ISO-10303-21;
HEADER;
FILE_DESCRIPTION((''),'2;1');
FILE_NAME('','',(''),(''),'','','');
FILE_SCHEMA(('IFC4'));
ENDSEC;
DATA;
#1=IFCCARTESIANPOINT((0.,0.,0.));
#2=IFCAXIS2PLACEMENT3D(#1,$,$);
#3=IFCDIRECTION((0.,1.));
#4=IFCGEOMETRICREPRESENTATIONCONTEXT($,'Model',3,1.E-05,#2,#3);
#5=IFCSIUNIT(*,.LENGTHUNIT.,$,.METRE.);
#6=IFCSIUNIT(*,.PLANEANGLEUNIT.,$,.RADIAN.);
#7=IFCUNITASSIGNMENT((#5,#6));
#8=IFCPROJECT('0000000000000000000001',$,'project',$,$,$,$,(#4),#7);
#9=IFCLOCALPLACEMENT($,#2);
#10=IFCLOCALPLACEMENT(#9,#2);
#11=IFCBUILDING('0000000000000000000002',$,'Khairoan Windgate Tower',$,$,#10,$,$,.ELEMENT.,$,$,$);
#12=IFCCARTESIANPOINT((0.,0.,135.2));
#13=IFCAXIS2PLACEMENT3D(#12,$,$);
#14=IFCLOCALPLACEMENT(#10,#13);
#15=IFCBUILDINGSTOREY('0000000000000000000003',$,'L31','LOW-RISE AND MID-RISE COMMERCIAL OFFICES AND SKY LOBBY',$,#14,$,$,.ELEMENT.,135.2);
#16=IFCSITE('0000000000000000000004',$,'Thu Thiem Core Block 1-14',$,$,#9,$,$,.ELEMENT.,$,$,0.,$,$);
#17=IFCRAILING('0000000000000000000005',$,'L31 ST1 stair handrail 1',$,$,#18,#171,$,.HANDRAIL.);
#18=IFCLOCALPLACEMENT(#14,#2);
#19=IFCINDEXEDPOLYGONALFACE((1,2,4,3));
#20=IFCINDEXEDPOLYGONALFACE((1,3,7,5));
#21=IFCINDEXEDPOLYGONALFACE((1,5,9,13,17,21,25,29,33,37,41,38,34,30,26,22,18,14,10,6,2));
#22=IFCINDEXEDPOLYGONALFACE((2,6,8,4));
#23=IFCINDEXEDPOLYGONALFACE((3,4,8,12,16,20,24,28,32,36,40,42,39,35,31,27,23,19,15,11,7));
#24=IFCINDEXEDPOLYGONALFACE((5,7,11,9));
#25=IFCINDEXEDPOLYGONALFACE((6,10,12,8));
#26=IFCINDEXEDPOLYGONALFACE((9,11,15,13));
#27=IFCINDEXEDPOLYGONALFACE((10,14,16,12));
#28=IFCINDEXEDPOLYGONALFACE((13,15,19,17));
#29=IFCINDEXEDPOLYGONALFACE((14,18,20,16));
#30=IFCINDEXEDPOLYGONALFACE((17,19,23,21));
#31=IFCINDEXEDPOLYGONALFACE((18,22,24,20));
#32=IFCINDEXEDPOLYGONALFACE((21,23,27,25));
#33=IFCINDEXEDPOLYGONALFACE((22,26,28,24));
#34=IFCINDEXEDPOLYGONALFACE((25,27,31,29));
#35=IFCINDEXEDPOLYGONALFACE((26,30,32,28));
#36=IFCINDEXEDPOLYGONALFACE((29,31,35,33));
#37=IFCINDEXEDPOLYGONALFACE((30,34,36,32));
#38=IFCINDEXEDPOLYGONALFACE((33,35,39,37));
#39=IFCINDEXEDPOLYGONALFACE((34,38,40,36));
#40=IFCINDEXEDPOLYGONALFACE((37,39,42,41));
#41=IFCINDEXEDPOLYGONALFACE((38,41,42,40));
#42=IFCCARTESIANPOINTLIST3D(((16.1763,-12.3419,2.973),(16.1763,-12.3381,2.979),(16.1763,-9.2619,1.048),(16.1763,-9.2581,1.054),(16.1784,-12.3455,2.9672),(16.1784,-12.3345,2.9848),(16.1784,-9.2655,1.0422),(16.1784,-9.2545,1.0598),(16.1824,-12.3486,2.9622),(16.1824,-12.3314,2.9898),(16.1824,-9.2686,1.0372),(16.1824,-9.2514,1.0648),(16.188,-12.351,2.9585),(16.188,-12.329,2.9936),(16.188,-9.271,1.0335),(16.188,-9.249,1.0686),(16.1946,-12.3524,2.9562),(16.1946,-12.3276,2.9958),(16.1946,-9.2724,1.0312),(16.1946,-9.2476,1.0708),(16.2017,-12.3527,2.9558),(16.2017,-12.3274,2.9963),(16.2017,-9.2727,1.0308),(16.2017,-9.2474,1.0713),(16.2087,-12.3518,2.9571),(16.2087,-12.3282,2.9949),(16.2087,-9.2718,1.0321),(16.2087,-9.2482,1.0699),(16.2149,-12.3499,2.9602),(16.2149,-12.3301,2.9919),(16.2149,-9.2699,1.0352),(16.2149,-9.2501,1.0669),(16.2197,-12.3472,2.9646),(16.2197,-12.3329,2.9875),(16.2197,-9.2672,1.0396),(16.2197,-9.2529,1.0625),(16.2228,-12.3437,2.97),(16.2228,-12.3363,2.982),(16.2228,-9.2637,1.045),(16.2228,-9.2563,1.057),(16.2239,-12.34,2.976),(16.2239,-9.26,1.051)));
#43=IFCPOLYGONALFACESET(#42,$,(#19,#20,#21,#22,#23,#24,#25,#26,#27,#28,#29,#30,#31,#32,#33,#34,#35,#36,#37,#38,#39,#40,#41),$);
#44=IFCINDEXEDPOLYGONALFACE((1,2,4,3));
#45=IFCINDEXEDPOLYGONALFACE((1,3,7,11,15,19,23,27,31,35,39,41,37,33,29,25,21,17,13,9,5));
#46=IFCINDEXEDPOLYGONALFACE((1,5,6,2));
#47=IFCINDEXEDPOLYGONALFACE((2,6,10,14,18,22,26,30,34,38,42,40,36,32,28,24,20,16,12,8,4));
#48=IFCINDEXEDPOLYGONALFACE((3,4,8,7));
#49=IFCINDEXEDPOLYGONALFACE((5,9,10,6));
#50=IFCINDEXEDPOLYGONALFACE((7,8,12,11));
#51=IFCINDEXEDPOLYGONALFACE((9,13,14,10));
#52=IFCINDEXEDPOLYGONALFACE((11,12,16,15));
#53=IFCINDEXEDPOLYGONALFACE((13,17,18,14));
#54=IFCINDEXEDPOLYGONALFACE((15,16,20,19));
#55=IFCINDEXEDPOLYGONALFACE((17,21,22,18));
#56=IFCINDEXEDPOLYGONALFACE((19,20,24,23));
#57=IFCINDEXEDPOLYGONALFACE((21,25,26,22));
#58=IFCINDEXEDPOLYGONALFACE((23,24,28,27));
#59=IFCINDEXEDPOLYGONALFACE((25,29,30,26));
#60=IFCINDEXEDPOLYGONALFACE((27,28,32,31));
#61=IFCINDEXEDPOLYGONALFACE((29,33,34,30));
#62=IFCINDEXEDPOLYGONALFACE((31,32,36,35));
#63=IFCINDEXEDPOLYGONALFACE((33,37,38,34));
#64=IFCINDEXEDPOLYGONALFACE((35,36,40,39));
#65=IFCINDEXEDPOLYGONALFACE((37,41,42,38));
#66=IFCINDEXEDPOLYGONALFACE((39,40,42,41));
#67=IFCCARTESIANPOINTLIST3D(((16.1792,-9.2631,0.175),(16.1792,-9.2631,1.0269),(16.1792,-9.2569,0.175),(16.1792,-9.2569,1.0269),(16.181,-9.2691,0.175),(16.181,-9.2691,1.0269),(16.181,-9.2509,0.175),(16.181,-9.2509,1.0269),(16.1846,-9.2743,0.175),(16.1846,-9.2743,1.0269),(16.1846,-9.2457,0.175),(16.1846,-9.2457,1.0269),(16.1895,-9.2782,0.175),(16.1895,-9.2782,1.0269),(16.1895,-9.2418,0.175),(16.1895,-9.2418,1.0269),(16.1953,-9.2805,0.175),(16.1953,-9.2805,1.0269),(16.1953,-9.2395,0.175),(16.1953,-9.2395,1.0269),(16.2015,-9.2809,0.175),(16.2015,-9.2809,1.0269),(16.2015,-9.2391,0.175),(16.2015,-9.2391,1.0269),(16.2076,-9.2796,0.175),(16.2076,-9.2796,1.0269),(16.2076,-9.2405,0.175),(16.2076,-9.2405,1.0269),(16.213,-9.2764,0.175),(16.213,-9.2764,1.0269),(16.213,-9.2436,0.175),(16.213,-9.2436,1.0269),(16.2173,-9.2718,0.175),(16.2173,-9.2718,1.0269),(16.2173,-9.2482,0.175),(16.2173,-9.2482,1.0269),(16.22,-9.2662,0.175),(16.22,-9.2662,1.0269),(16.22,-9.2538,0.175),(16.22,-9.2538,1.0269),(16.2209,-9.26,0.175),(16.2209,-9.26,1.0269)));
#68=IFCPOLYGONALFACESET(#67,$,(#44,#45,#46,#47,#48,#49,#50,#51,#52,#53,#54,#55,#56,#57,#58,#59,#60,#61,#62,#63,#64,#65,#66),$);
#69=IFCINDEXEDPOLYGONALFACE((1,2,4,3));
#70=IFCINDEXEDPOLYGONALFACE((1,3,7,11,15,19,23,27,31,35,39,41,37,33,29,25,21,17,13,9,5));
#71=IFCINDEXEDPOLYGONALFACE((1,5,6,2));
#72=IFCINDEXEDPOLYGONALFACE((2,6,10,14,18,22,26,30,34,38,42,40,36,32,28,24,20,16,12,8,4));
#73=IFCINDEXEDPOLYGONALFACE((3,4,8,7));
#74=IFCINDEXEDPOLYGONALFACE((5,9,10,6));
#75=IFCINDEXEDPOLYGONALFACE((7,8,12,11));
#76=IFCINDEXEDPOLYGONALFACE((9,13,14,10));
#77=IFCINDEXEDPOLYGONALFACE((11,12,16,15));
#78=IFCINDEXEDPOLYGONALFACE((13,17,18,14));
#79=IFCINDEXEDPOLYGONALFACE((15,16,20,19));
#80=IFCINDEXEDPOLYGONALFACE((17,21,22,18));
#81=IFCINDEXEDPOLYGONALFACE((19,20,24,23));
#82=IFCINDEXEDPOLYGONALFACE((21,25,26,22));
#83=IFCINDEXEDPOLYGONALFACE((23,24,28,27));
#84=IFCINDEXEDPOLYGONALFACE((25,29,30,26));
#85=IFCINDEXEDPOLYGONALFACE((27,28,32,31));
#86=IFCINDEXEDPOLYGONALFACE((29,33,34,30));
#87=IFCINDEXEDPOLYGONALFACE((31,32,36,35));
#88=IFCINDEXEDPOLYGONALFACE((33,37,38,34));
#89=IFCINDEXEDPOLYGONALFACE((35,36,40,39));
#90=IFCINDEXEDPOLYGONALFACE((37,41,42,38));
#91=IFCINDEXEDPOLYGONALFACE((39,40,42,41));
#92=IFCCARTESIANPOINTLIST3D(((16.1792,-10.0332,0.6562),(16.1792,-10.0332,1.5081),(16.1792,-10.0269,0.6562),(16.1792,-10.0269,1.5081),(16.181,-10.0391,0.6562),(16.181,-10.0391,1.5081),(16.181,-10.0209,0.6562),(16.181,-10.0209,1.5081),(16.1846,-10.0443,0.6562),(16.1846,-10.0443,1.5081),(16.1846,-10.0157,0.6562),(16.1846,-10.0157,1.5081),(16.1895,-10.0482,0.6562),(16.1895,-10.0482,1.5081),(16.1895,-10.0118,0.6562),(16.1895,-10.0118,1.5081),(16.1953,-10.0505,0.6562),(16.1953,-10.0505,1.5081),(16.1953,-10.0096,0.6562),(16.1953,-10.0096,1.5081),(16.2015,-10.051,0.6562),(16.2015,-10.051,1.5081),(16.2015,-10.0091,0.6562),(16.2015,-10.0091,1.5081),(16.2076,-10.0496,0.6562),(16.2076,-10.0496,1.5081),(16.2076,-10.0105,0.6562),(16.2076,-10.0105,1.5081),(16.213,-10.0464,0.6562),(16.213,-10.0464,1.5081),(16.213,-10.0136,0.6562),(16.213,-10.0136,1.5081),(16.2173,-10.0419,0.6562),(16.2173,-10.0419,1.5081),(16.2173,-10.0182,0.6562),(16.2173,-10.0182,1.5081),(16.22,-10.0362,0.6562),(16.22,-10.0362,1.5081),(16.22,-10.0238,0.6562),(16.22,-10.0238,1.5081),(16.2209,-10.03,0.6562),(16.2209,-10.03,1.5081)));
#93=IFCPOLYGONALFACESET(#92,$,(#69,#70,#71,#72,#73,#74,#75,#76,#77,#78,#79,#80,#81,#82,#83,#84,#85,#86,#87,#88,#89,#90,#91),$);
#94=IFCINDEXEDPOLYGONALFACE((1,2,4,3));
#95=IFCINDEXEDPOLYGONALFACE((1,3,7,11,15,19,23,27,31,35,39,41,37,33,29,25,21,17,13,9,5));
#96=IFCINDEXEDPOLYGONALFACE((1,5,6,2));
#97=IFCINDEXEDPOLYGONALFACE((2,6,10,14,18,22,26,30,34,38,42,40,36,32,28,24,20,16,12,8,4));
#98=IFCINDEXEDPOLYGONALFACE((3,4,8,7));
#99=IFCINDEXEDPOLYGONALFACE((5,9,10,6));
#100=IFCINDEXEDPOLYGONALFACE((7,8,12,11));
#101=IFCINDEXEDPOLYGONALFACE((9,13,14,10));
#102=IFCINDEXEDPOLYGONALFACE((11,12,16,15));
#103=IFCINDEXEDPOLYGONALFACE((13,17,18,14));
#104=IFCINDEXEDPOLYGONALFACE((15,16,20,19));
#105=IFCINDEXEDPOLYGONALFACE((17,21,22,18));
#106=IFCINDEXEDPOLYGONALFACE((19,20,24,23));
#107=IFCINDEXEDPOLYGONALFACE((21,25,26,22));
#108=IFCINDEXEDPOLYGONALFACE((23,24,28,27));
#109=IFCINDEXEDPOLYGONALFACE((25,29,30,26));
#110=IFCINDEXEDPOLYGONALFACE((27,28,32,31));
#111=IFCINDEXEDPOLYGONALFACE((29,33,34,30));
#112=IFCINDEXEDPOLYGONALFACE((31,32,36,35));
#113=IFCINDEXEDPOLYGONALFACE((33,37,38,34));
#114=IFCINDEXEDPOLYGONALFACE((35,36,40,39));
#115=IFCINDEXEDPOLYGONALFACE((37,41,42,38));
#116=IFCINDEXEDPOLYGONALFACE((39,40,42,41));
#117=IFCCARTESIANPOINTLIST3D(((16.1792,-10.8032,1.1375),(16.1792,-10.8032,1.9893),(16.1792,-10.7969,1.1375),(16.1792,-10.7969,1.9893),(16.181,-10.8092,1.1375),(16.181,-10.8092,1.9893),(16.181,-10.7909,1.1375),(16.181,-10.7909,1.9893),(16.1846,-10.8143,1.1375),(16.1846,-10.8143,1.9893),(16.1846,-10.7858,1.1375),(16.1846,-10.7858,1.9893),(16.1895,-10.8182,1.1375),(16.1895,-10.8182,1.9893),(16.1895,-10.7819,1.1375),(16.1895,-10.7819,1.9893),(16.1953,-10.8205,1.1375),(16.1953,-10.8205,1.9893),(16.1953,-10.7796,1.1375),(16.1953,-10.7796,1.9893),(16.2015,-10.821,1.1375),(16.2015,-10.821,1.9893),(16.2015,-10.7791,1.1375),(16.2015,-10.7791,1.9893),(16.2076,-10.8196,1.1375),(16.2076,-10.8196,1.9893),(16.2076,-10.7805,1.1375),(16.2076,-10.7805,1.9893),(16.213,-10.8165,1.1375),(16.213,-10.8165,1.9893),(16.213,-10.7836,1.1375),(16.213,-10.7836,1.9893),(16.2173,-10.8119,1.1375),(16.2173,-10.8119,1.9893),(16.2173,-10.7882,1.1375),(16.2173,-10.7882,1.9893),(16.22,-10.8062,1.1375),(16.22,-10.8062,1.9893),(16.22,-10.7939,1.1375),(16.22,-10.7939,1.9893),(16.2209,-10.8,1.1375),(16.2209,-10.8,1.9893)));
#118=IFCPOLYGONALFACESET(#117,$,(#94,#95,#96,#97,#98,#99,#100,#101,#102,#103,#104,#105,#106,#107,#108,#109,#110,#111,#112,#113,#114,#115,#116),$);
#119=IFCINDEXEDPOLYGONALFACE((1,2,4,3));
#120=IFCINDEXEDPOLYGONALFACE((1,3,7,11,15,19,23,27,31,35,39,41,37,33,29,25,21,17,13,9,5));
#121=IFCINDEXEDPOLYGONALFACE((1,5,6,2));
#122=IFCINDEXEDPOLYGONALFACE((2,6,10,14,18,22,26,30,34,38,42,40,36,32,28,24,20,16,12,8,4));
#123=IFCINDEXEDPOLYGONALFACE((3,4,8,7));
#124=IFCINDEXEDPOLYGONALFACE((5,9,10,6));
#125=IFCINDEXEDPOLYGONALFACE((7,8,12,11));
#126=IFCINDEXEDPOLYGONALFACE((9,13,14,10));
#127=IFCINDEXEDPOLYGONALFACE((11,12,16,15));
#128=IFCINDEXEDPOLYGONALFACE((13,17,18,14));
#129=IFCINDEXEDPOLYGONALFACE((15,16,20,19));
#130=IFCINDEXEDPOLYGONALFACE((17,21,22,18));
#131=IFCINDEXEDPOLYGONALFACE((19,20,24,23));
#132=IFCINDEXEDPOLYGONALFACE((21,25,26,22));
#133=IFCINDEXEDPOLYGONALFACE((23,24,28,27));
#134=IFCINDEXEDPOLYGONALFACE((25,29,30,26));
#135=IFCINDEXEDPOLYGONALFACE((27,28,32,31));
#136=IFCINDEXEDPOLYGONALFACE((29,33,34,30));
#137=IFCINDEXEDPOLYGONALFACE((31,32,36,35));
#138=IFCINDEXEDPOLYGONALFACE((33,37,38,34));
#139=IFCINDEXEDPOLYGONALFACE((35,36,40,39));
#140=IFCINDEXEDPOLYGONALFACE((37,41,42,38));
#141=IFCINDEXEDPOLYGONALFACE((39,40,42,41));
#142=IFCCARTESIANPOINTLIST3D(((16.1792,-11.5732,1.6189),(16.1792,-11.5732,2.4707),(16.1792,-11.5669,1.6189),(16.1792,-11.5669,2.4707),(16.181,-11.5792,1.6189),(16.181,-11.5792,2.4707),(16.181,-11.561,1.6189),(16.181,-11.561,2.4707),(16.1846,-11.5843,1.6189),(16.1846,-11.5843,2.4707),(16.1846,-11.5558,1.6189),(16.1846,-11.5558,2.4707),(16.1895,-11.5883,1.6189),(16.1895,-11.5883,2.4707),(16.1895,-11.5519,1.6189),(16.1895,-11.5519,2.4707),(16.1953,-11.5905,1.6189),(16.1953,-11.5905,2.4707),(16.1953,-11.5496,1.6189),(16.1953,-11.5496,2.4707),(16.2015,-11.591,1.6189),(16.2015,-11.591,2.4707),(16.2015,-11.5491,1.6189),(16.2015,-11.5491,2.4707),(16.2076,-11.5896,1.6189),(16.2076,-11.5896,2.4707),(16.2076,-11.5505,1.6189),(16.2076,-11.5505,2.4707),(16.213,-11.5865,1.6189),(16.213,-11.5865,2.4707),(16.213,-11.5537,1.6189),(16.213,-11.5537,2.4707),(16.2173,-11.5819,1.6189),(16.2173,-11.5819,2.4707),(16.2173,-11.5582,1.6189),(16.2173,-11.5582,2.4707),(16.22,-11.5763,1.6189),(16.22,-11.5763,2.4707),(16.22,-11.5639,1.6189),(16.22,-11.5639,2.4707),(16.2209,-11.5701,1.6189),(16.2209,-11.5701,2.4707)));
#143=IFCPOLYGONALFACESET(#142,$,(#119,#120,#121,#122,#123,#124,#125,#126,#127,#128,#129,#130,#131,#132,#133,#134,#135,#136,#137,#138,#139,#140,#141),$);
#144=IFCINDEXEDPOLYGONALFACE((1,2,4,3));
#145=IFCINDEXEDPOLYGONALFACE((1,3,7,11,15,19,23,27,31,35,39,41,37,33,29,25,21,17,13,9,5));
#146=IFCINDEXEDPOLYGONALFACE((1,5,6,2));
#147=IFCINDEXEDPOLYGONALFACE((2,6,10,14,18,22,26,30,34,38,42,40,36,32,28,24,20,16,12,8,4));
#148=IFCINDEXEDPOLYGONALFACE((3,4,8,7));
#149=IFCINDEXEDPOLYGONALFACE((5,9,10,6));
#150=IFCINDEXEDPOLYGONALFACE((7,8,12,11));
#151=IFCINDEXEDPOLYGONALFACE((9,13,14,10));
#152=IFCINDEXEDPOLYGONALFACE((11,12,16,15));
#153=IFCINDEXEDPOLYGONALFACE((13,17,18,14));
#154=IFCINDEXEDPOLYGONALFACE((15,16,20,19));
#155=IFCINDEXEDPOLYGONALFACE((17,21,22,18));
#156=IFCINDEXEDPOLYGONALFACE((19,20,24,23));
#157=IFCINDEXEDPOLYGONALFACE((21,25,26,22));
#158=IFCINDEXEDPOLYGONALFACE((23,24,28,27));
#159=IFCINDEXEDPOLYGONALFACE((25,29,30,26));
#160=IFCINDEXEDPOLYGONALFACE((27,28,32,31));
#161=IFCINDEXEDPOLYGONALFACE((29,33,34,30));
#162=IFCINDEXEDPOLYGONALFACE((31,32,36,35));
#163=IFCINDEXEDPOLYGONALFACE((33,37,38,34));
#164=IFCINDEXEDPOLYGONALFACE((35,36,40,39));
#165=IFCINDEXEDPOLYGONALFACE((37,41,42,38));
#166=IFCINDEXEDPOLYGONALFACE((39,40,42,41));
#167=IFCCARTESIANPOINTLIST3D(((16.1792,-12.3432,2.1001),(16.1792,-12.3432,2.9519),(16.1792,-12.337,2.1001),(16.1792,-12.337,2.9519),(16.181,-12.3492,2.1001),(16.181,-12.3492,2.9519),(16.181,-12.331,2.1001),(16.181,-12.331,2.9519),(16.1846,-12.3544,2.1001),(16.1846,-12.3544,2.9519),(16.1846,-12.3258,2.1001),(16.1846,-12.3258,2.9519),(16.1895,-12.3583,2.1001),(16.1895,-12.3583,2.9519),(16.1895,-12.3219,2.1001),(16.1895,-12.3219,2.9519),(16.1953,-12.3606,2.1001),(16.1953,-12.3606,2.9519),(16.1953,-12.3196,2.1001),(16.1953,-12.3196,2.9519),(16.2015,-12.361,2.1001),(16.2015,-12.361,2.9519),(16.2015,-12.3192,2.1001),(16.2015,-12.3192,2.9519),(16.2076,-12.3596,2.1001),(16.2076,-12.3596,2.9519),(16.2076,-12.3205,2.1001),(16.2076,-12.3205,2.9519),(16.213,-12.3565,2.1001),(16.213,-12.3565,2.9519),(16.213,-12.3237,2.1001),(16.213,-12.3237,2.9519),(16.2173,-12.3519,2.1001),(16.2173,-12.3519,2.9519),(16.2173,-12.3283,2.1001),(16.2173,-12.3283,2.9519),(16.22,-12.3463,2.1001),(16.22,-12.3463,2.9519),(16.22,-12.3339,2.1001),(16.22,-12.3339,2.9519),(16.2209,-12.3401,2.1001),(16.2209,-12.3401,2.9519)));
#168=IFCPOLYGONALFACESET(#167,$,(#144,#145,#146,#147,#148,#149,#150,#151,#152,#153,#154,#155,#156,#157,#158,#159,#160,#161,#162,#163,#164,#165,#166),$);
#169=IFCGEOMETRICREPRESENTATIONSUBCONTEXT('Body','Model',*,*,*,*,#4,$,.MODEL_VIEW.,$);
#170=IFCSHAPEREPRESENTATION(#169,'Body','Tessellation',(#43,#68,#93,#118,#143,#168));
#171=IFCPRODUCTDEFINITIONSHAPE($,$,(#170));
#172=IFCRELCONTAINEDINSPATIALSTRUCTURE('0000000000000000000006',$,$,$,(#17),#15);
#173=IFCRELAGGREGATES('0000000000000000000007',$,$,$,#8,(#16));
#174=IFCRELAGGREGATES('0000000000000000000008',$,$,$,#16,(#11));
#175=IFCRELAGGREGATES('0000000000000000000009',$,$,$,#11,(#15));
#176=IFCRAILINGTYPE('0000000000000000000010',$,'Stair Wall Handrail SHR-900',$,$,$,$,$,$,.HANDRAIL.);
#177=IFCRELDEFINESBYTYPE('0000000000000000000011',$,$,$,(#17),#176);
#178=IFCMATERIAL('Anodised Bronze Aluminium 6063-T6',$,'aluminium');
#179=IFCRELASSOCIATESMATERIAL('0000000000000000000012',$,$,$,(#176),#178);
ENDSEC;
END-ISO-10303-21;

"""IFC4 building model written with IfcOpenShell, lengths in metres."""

from ifc_helpers import new_model, si_unit, direction, frame, origin, origin_2d, place, context, subcontext, project, spatial, circle, extrude, material, type_object, element, save


model = new_model("IFC4")

# Units and contexts
model_context = context("Model", 3, precision=1e-05, world=origin(), true_north=direction((0.0, 1.0)))
body_context = subcontext(model_context, "Body", "Model", "MODEL_VIEW")
ifc_project = project(units=[si_unit("LENGTHUNIT", "METRE"), si_unit("PLANEANGLEUNIT", "RADIAN")], contexts=[model_context])

# Site, building, storey
site_placement = place(None, origin())
site = spatial("IfcSite", under=ifc_project, at=site_placement, Name="Thu Thiem Core Block 1-14", CompositionType="ELEMENT", RefElevation=0.0)
building_placement = place(site_placement, origin())
building = spatial("IfcBuilding", under=site, at=building_placement, Name="Khairoan Windgate Tower", CompositionType="ELEMENT")
storey_placement = place(building_placement, frame((0.0, 0.0, 135.2)))
storey = spatial("IfcBuildingStorey", under=building, at=storey_placement, Name="L31", Description="LOW-RISE AND MID-RISE COMMERCIAL OFFICES AND SKY LOBBY", CompositionType="ELEMENT", Elevation=135.2)

# Railing
ifc_material_1 = material(Name="Anodised Bronze Aluminium 6063-T6", Category="aluminium")
railing_type_1 = type_object("IfcRailingType", Name="Stair Wall Handrail SHR-900", PredefinedType="HANDRAIL", material=ifc_material_1)
railing_1_placement = place(storey_placement, frame((16.2, -9.26, 0.175)))
element("IfcRailing", 1, at=railing_1_placement, inside=storey, type_object=railing_type_1, Name="L31 ST1 stair handrail 1", PredefinedType="HANDRAIL", context=body_context, shape_type="SweptSolid", body=[
    extrude(circle(Radius=0.0239, at=origin_2d()), frame((0.0, 0.0, 0.876), z_axis=(0.0, -0.847998, 0.529999), x_axis=(1.0, 0.0, 0.0)), (0.0, 0.0, 1.0), 3.6321),
    extrude(circle(Radius=0.021, at=origin_2d()), origin(), (0.0, 0.0, 1.0), 0.8518),
    extrude(circle(Radius=0.021, at=origin_2d()), frame((0.0, -0.77, 0.4812)), (0.0, 0.0, 1.0), 0.8518),
    extrude(circle(Radius=0.021, at=origin_2d()), frame((0.0, -1.54, 0.9624)), (0.0, 0.0, 1.0), 0.8518),
    extrude(circle(Radius=0.021, at=origin_2d()), frame((0.0, -2.3101, 1.4438)), (0.0, 0.0, 1.0), 0.8518),
    extrude(circle(Radius=0.021, at=origin_2d()), frame((0.0, -3.0801, 1.925)), (0.0, 0.0, 1.0), 0.8518),
])

save(model, "model.ifc")
